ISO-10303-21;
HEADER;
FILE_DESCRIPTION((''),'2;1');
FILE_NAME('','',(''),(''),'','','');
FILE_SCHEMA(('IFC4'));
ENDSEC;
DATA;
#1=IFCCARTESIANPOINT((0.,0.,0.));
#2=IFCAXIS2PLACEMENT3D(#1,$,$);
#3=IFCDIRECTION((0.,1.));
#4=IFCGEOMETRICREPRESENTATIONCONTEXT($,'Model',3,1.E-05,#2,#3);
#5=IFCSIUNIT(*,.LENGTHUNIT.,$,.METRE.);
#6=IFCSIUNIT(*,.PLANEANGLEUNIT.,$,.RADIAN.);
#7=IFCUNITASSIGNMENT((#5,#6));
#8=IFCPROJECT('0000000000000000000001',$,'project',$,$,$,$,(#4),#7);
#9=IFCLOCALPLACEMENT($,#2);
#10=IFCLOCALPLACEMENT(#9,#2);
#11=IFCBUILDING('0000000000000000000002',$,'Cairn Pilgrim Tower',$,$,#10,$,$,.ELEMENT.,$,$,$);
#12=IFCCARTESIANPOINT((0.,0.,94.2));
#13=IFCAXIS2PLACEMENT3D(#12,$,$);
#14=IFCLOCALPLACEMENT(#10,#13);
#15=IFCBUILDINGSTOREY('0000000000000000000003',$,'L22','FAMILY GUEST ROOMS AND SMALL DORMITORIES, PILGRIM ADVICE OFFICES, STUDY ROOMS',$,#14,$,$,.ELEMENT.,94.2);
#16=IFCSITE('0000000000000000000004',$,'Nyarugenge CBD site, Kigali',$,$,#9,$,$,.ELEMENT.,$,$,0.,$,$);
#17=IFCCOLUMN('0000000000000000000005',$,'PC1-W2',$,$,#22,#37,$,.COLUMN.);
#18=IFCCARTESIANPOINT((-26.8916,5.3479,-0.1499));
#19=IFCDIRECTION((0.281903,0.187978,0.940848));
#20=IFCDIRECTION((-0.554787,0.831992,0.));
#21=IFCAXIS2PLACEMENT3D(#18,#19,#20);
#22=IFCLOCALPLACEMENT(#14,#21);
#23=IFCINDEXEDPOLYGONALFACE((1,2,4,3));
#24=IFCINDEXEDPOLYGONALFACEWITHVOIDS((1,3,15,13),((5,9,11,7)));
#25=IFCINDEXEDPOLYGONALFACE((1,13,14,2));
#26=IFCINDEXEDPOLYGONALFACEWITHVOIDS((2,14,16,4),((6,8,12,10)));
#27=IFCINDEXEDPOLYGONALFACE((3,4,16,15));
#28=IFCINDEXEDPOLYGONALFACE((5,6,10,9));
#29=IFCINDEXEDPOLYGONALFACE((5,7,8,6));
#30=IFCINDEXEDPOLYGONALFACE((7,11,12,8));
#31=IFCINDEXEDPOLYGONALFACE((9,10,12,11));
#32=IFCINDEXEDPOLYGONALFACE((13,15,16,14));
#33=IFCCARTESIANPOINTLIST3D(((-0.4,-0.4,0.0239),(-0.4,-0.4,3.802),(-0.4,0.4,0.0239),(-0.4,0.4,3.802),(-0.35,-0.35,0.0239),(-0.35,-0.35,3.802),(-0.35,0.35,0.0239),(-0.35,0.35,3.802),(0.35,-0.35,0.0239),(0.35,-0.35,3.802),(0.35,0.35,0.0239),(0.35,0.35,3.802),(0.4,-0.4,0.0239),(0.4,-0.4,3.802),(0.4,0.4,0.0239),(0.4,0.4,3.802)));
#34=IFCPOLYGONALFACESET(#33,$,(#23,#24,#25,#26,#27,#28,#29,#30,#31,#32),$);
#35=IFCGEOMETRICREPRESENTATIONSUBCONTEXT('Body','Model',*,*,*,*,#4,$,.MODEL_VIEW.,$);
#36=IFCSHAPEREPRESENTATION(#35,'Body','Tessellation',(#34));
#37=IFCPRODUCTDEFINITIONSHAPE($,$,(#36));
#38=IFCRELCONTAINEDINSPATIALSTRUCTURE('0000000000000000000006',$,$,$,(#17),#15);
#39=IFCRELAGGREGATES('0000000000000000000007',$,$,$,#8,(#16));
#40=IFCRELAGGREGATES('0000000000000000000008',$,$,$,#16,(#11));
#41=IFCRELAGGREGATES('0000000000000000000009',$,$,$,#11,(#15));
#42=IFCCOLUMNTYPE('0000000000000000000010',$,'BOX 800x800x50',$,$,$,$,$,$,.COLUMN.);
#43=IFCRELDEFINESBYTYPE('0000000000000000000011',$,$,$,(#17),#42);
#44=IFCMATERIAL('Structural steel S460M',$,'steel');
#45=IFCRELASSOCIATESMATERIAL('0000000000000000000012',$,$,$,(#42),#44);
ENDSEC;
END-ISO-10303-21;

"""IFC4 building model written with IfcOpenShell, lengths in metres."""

from ifc_helpers import new_model, si_unit, direction, frame, origin, origin_2d, place, context, subcontext, project, spatial, hollow_rectangle, extrude, clip, halfspace, material, material_profile, profile_set, type_object, element, save


model = new_model("IFC4")

# Units and contexts
model_context = context("Model", 3, precision=1e-05, world=origin(), true_north=direction((0.0, 1.0)))
body_context = subcontext(model_context, "Body", "Model", "MODEL_VIEW")
ifc_project = project(units=[si_unit("LENGTHUNIT", "METRE"), si_unit("PLANEANGLEUNIT", "RADIAN")], contexts=[model_context])

# Site, building, storey
site_placement = place(None, origin())
site = spatial("IfcSite", under=ifc_project, at=site_placement, Name="Nyarugenge CBD site, Kigali", CompositionType="ELEMENT", RefElevation=0.0)
building_placement = place(site_placement, origin())
building = spatial("IfcBuilding", under=site, at=building_placement, Name="Cairn Pilgrim Tower", CompositionType="ELEMENT")
storey_placement = place(building_placement, frame((0.0, 0.0, 94.2)))
storey = spatial("IfcBuildingStorey", under=building, at=storey_placement, Name="L22", Description="FAMILY GUEST ROOMS AND SMALL DORMITORIES, PILGRIM ADVICE OFFICES, STUDY ROOMS", CompositionType="ELEMENT", Elevation=94.2)

# Column
ifc_material_1 = material(Name="Structural steel S460M", Category="steel")
ifc_material_profile_1 = material_profile(ifc_material_1, hollow_rectangle(XDim=0.8, YDim=0.8, WallThickness=0.05, at=origin_2d()), Name="BOX 800x800x50")
ifc_profile_set_1 = profile_set([ifc_material_profile_1], Name="Structural steel S460M")
column_type = type_object("IfcColumnType", Name="BOX 800x800x50", PredefinedType="COLUMN", material=ifc_profile_set_1)
column_placement = place(storey_placement, frame((-26.8916, 5.3479, -0.1499), z_axis=(0.281903, 0.187978, 0.940848), x_axis=(-0.554787, 0.831992, 0.0)))
element("IfcColumn", 1, at=column_placement, inside=storey, type_object=column_type, Name="PC1-W2", PredefinedType="COLUMN", context=body_context, shape_type="Clipping", body=[
    clip(clip(extrude(hollow_rectangle(XDim=0.8, YDim=0.8, WallThickness=0.05, at=origin_2d()), origin(), (0.0, 0.0, 1.0), 3.8262), halfspace(frame((0.0, 0.0, 0.0239), z_axis=(0.0, 0.0, 1.0), x_axis=(1.0, 0.0, 0.0)), True)), halfspace(frame((0.0, 0.0, 3.802), z_axis=(0.0, 0.0, 1.0), x_axis=(1.0, 0.0, 0.0)), False)),
])

save(model, "model.ifc")
